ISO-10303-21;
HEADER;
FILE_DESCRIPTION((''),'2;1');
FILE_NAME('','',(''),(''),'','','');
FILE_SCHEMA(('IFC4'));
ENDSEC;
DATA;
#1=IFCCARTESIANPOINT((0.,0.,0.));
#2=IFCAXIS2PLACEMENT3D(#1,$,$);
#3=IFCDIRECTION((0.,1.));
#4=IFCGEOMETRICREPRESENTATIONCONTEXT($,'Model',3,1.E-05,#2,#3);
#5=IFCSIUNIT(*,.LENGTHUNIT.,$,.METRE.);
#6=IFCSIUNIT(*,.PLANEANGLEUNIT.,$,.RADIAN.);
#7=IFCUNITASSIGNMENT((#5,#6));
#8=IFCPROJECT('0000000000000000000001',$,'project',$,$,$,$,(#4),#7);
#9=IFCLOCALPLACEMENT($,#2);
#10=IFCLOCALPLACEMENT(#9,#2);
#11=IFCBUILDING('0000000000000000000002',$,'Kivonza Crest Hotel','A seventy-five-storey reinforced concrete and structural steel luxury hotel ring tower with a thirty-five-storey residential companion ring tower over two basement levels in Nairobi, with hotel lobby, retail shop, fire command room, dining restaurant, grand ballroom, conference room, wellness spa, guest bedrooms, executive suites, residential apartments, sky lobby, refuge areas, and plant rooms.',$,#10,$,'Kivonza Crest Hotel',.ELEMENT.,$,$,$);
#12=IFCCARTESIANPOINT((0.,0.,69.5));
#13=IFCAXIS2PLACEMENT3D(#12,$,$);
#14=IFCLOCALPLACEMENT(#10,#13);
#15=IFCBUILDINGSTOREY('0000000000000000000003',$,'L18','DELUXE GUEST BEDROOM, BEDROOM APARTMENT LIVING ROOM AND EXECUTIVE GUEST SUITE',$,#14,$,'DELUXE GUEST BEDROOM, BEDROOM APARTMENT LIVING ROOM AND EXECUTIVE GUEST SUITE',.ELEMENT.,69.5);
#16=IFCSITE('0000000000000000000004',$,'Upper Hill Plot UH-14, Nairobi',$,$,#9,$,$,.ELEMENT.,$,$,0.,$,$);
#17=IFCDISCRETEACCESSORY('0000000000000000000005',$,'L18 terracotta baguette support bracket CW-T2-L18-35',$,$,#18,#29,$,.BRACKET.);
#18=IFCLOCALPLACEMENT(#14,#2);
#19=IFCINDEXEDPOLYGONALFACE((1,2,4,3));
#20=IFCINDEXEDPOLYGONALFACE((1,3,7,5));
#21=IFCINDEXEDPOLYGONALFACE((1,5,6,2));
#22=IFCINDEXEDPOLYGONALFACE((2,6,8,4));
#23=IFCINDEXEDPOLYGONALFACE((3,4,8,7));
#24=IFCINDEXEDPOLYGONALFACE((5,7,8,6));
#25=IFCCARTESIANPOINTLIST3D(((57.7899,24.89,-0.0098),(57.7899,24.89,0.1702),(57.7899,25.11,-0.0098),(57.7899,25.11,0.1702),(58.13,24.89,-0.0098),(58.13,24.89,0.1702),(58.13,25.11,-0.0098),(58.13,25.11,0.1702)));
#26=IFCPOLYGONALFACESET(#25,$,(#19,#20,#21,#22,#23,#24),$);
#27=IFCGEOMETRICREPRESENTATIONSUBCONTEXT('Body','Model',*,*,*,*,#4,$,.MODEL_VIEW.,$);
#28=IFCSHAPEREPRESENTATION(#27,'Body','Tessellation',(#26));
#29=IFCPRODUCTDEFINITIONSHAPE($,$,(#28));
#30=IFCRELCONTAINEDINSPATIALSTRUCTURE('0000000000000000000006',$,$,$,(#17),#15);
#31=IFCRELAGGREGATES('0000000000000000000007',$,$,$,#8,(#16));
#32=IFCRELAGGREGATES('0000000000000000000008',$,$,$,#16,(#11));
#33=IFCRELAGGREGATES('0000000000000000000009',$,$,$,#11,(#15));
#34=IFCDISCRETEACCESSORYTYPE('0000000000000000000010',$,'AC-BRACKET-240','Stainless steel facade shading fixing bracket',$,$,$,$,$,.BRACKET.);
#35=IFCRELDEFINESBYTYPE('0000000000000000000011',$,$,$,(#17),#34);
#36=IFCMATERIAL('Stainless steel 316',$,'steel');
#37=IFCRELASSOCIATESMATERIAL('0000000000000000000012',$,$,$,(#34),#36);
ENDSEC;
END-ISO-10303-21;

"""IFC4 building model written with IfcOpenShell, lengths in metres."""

from ifc_helpers import new_model, si_unit, direction, frame, origin, origin_2d, place, context, subcontext, project, spatial, rectangle, extrude, material, type_object, element, save


model = new_model("IFC4")

# Units and contexts
model_context = context("Model", 3, precision=1e-05, world=origin(), true_north=direction((0.0, 1.0)))
body_context = subcontext(model_context, "Body", "Model", "MODEL_VIEW")
ifc_project = project(units=[si_unit("LENGTHUNIT", "METRE"), si_unit("PLANEANGLEUNIT", "RADIAN")], contexts=[model_context])

# Site, building, storey
site_placement = place(None, origin())
site = spatial("IfcSite", under=ifc_project, at=site_placement, Name="Upper Hill Plot UH-14, Nairobi", CompositionType="ELEMENT", RefElevation=0.0)
building_placement = place(site_placement, origin())
building = spatial("IfcBuilding", under=site, at=building_placement, Name="Kivonza Crest Hotel", Description="A seventy-five-storey reinforced concrete and structural steel luxury hotel ring tower with a thirty-five-storey residential companion ring tower over two basement levels in Nairobi, with hotel lobby, retail shop, fire command room, dining restaurant, grand ballroom, conference room, wellness spa, guest bedrooms, executive suites, residential apartments, sky lobby, refuge areas, and plant rooms.", LongName="Kivonza Crest Hotel", CompositionType="ELEMENT")
storey_placement = place(building_placement, frame((0.0, 0.0, 69.5)))
storey = spatial("IfcBuildingStorey", under=building, at=storey_placement, Name="L18", Description="DELUXE GUEST BEDROOM, BEDROOM APARTMENT LIVING ROOM AND EXECUTIVE GUEST SUITE", LongName="DELUXE GUEST BEDROOM, BEDROOM APARTMENT LIVING ROOM AND EXECUTIVE GUEST SUITE", CompositionType="ELEMENT", Elevation=69.5)

# Discrete accessory
ifc_material_1 = material(Name="Stainless steel 316", Category="steel")
discrete_accessory_type = type_object("IfcDiscreteAccessoryType", Name="AC-BRACKET-240", Description="Stainless steel facade shading fixing bracket", PredefinedType="BRACKET", material=ifc_material_1)
for number, where, z_axis, x_axis, name in (
    (1, (57.96, 25.0, -0.0098), (0.0, 0.0, 1.0), (0.0, -1.0, 0.0), "L18 terracotta baguette support bracket CW-T2-L18-35"),
):
    element("IfcDiscreteAccessory", number, at=place(storey_placement, frame(where, z_axis=z_axis, x_axis=x_axis)), inside=storey, type_object=discrete_accessory_type, Name=name, PredefinedType="BRACKET", context=body_context, shape_type="SweptSolid", body=[
        extrude(rectangle(XDim=0.22, YDim=0.3401, at=origin_2d()), origin(), (0.0, 0.0, 1.0), 0.1799),
    ])

save(model, "model.ifc")
